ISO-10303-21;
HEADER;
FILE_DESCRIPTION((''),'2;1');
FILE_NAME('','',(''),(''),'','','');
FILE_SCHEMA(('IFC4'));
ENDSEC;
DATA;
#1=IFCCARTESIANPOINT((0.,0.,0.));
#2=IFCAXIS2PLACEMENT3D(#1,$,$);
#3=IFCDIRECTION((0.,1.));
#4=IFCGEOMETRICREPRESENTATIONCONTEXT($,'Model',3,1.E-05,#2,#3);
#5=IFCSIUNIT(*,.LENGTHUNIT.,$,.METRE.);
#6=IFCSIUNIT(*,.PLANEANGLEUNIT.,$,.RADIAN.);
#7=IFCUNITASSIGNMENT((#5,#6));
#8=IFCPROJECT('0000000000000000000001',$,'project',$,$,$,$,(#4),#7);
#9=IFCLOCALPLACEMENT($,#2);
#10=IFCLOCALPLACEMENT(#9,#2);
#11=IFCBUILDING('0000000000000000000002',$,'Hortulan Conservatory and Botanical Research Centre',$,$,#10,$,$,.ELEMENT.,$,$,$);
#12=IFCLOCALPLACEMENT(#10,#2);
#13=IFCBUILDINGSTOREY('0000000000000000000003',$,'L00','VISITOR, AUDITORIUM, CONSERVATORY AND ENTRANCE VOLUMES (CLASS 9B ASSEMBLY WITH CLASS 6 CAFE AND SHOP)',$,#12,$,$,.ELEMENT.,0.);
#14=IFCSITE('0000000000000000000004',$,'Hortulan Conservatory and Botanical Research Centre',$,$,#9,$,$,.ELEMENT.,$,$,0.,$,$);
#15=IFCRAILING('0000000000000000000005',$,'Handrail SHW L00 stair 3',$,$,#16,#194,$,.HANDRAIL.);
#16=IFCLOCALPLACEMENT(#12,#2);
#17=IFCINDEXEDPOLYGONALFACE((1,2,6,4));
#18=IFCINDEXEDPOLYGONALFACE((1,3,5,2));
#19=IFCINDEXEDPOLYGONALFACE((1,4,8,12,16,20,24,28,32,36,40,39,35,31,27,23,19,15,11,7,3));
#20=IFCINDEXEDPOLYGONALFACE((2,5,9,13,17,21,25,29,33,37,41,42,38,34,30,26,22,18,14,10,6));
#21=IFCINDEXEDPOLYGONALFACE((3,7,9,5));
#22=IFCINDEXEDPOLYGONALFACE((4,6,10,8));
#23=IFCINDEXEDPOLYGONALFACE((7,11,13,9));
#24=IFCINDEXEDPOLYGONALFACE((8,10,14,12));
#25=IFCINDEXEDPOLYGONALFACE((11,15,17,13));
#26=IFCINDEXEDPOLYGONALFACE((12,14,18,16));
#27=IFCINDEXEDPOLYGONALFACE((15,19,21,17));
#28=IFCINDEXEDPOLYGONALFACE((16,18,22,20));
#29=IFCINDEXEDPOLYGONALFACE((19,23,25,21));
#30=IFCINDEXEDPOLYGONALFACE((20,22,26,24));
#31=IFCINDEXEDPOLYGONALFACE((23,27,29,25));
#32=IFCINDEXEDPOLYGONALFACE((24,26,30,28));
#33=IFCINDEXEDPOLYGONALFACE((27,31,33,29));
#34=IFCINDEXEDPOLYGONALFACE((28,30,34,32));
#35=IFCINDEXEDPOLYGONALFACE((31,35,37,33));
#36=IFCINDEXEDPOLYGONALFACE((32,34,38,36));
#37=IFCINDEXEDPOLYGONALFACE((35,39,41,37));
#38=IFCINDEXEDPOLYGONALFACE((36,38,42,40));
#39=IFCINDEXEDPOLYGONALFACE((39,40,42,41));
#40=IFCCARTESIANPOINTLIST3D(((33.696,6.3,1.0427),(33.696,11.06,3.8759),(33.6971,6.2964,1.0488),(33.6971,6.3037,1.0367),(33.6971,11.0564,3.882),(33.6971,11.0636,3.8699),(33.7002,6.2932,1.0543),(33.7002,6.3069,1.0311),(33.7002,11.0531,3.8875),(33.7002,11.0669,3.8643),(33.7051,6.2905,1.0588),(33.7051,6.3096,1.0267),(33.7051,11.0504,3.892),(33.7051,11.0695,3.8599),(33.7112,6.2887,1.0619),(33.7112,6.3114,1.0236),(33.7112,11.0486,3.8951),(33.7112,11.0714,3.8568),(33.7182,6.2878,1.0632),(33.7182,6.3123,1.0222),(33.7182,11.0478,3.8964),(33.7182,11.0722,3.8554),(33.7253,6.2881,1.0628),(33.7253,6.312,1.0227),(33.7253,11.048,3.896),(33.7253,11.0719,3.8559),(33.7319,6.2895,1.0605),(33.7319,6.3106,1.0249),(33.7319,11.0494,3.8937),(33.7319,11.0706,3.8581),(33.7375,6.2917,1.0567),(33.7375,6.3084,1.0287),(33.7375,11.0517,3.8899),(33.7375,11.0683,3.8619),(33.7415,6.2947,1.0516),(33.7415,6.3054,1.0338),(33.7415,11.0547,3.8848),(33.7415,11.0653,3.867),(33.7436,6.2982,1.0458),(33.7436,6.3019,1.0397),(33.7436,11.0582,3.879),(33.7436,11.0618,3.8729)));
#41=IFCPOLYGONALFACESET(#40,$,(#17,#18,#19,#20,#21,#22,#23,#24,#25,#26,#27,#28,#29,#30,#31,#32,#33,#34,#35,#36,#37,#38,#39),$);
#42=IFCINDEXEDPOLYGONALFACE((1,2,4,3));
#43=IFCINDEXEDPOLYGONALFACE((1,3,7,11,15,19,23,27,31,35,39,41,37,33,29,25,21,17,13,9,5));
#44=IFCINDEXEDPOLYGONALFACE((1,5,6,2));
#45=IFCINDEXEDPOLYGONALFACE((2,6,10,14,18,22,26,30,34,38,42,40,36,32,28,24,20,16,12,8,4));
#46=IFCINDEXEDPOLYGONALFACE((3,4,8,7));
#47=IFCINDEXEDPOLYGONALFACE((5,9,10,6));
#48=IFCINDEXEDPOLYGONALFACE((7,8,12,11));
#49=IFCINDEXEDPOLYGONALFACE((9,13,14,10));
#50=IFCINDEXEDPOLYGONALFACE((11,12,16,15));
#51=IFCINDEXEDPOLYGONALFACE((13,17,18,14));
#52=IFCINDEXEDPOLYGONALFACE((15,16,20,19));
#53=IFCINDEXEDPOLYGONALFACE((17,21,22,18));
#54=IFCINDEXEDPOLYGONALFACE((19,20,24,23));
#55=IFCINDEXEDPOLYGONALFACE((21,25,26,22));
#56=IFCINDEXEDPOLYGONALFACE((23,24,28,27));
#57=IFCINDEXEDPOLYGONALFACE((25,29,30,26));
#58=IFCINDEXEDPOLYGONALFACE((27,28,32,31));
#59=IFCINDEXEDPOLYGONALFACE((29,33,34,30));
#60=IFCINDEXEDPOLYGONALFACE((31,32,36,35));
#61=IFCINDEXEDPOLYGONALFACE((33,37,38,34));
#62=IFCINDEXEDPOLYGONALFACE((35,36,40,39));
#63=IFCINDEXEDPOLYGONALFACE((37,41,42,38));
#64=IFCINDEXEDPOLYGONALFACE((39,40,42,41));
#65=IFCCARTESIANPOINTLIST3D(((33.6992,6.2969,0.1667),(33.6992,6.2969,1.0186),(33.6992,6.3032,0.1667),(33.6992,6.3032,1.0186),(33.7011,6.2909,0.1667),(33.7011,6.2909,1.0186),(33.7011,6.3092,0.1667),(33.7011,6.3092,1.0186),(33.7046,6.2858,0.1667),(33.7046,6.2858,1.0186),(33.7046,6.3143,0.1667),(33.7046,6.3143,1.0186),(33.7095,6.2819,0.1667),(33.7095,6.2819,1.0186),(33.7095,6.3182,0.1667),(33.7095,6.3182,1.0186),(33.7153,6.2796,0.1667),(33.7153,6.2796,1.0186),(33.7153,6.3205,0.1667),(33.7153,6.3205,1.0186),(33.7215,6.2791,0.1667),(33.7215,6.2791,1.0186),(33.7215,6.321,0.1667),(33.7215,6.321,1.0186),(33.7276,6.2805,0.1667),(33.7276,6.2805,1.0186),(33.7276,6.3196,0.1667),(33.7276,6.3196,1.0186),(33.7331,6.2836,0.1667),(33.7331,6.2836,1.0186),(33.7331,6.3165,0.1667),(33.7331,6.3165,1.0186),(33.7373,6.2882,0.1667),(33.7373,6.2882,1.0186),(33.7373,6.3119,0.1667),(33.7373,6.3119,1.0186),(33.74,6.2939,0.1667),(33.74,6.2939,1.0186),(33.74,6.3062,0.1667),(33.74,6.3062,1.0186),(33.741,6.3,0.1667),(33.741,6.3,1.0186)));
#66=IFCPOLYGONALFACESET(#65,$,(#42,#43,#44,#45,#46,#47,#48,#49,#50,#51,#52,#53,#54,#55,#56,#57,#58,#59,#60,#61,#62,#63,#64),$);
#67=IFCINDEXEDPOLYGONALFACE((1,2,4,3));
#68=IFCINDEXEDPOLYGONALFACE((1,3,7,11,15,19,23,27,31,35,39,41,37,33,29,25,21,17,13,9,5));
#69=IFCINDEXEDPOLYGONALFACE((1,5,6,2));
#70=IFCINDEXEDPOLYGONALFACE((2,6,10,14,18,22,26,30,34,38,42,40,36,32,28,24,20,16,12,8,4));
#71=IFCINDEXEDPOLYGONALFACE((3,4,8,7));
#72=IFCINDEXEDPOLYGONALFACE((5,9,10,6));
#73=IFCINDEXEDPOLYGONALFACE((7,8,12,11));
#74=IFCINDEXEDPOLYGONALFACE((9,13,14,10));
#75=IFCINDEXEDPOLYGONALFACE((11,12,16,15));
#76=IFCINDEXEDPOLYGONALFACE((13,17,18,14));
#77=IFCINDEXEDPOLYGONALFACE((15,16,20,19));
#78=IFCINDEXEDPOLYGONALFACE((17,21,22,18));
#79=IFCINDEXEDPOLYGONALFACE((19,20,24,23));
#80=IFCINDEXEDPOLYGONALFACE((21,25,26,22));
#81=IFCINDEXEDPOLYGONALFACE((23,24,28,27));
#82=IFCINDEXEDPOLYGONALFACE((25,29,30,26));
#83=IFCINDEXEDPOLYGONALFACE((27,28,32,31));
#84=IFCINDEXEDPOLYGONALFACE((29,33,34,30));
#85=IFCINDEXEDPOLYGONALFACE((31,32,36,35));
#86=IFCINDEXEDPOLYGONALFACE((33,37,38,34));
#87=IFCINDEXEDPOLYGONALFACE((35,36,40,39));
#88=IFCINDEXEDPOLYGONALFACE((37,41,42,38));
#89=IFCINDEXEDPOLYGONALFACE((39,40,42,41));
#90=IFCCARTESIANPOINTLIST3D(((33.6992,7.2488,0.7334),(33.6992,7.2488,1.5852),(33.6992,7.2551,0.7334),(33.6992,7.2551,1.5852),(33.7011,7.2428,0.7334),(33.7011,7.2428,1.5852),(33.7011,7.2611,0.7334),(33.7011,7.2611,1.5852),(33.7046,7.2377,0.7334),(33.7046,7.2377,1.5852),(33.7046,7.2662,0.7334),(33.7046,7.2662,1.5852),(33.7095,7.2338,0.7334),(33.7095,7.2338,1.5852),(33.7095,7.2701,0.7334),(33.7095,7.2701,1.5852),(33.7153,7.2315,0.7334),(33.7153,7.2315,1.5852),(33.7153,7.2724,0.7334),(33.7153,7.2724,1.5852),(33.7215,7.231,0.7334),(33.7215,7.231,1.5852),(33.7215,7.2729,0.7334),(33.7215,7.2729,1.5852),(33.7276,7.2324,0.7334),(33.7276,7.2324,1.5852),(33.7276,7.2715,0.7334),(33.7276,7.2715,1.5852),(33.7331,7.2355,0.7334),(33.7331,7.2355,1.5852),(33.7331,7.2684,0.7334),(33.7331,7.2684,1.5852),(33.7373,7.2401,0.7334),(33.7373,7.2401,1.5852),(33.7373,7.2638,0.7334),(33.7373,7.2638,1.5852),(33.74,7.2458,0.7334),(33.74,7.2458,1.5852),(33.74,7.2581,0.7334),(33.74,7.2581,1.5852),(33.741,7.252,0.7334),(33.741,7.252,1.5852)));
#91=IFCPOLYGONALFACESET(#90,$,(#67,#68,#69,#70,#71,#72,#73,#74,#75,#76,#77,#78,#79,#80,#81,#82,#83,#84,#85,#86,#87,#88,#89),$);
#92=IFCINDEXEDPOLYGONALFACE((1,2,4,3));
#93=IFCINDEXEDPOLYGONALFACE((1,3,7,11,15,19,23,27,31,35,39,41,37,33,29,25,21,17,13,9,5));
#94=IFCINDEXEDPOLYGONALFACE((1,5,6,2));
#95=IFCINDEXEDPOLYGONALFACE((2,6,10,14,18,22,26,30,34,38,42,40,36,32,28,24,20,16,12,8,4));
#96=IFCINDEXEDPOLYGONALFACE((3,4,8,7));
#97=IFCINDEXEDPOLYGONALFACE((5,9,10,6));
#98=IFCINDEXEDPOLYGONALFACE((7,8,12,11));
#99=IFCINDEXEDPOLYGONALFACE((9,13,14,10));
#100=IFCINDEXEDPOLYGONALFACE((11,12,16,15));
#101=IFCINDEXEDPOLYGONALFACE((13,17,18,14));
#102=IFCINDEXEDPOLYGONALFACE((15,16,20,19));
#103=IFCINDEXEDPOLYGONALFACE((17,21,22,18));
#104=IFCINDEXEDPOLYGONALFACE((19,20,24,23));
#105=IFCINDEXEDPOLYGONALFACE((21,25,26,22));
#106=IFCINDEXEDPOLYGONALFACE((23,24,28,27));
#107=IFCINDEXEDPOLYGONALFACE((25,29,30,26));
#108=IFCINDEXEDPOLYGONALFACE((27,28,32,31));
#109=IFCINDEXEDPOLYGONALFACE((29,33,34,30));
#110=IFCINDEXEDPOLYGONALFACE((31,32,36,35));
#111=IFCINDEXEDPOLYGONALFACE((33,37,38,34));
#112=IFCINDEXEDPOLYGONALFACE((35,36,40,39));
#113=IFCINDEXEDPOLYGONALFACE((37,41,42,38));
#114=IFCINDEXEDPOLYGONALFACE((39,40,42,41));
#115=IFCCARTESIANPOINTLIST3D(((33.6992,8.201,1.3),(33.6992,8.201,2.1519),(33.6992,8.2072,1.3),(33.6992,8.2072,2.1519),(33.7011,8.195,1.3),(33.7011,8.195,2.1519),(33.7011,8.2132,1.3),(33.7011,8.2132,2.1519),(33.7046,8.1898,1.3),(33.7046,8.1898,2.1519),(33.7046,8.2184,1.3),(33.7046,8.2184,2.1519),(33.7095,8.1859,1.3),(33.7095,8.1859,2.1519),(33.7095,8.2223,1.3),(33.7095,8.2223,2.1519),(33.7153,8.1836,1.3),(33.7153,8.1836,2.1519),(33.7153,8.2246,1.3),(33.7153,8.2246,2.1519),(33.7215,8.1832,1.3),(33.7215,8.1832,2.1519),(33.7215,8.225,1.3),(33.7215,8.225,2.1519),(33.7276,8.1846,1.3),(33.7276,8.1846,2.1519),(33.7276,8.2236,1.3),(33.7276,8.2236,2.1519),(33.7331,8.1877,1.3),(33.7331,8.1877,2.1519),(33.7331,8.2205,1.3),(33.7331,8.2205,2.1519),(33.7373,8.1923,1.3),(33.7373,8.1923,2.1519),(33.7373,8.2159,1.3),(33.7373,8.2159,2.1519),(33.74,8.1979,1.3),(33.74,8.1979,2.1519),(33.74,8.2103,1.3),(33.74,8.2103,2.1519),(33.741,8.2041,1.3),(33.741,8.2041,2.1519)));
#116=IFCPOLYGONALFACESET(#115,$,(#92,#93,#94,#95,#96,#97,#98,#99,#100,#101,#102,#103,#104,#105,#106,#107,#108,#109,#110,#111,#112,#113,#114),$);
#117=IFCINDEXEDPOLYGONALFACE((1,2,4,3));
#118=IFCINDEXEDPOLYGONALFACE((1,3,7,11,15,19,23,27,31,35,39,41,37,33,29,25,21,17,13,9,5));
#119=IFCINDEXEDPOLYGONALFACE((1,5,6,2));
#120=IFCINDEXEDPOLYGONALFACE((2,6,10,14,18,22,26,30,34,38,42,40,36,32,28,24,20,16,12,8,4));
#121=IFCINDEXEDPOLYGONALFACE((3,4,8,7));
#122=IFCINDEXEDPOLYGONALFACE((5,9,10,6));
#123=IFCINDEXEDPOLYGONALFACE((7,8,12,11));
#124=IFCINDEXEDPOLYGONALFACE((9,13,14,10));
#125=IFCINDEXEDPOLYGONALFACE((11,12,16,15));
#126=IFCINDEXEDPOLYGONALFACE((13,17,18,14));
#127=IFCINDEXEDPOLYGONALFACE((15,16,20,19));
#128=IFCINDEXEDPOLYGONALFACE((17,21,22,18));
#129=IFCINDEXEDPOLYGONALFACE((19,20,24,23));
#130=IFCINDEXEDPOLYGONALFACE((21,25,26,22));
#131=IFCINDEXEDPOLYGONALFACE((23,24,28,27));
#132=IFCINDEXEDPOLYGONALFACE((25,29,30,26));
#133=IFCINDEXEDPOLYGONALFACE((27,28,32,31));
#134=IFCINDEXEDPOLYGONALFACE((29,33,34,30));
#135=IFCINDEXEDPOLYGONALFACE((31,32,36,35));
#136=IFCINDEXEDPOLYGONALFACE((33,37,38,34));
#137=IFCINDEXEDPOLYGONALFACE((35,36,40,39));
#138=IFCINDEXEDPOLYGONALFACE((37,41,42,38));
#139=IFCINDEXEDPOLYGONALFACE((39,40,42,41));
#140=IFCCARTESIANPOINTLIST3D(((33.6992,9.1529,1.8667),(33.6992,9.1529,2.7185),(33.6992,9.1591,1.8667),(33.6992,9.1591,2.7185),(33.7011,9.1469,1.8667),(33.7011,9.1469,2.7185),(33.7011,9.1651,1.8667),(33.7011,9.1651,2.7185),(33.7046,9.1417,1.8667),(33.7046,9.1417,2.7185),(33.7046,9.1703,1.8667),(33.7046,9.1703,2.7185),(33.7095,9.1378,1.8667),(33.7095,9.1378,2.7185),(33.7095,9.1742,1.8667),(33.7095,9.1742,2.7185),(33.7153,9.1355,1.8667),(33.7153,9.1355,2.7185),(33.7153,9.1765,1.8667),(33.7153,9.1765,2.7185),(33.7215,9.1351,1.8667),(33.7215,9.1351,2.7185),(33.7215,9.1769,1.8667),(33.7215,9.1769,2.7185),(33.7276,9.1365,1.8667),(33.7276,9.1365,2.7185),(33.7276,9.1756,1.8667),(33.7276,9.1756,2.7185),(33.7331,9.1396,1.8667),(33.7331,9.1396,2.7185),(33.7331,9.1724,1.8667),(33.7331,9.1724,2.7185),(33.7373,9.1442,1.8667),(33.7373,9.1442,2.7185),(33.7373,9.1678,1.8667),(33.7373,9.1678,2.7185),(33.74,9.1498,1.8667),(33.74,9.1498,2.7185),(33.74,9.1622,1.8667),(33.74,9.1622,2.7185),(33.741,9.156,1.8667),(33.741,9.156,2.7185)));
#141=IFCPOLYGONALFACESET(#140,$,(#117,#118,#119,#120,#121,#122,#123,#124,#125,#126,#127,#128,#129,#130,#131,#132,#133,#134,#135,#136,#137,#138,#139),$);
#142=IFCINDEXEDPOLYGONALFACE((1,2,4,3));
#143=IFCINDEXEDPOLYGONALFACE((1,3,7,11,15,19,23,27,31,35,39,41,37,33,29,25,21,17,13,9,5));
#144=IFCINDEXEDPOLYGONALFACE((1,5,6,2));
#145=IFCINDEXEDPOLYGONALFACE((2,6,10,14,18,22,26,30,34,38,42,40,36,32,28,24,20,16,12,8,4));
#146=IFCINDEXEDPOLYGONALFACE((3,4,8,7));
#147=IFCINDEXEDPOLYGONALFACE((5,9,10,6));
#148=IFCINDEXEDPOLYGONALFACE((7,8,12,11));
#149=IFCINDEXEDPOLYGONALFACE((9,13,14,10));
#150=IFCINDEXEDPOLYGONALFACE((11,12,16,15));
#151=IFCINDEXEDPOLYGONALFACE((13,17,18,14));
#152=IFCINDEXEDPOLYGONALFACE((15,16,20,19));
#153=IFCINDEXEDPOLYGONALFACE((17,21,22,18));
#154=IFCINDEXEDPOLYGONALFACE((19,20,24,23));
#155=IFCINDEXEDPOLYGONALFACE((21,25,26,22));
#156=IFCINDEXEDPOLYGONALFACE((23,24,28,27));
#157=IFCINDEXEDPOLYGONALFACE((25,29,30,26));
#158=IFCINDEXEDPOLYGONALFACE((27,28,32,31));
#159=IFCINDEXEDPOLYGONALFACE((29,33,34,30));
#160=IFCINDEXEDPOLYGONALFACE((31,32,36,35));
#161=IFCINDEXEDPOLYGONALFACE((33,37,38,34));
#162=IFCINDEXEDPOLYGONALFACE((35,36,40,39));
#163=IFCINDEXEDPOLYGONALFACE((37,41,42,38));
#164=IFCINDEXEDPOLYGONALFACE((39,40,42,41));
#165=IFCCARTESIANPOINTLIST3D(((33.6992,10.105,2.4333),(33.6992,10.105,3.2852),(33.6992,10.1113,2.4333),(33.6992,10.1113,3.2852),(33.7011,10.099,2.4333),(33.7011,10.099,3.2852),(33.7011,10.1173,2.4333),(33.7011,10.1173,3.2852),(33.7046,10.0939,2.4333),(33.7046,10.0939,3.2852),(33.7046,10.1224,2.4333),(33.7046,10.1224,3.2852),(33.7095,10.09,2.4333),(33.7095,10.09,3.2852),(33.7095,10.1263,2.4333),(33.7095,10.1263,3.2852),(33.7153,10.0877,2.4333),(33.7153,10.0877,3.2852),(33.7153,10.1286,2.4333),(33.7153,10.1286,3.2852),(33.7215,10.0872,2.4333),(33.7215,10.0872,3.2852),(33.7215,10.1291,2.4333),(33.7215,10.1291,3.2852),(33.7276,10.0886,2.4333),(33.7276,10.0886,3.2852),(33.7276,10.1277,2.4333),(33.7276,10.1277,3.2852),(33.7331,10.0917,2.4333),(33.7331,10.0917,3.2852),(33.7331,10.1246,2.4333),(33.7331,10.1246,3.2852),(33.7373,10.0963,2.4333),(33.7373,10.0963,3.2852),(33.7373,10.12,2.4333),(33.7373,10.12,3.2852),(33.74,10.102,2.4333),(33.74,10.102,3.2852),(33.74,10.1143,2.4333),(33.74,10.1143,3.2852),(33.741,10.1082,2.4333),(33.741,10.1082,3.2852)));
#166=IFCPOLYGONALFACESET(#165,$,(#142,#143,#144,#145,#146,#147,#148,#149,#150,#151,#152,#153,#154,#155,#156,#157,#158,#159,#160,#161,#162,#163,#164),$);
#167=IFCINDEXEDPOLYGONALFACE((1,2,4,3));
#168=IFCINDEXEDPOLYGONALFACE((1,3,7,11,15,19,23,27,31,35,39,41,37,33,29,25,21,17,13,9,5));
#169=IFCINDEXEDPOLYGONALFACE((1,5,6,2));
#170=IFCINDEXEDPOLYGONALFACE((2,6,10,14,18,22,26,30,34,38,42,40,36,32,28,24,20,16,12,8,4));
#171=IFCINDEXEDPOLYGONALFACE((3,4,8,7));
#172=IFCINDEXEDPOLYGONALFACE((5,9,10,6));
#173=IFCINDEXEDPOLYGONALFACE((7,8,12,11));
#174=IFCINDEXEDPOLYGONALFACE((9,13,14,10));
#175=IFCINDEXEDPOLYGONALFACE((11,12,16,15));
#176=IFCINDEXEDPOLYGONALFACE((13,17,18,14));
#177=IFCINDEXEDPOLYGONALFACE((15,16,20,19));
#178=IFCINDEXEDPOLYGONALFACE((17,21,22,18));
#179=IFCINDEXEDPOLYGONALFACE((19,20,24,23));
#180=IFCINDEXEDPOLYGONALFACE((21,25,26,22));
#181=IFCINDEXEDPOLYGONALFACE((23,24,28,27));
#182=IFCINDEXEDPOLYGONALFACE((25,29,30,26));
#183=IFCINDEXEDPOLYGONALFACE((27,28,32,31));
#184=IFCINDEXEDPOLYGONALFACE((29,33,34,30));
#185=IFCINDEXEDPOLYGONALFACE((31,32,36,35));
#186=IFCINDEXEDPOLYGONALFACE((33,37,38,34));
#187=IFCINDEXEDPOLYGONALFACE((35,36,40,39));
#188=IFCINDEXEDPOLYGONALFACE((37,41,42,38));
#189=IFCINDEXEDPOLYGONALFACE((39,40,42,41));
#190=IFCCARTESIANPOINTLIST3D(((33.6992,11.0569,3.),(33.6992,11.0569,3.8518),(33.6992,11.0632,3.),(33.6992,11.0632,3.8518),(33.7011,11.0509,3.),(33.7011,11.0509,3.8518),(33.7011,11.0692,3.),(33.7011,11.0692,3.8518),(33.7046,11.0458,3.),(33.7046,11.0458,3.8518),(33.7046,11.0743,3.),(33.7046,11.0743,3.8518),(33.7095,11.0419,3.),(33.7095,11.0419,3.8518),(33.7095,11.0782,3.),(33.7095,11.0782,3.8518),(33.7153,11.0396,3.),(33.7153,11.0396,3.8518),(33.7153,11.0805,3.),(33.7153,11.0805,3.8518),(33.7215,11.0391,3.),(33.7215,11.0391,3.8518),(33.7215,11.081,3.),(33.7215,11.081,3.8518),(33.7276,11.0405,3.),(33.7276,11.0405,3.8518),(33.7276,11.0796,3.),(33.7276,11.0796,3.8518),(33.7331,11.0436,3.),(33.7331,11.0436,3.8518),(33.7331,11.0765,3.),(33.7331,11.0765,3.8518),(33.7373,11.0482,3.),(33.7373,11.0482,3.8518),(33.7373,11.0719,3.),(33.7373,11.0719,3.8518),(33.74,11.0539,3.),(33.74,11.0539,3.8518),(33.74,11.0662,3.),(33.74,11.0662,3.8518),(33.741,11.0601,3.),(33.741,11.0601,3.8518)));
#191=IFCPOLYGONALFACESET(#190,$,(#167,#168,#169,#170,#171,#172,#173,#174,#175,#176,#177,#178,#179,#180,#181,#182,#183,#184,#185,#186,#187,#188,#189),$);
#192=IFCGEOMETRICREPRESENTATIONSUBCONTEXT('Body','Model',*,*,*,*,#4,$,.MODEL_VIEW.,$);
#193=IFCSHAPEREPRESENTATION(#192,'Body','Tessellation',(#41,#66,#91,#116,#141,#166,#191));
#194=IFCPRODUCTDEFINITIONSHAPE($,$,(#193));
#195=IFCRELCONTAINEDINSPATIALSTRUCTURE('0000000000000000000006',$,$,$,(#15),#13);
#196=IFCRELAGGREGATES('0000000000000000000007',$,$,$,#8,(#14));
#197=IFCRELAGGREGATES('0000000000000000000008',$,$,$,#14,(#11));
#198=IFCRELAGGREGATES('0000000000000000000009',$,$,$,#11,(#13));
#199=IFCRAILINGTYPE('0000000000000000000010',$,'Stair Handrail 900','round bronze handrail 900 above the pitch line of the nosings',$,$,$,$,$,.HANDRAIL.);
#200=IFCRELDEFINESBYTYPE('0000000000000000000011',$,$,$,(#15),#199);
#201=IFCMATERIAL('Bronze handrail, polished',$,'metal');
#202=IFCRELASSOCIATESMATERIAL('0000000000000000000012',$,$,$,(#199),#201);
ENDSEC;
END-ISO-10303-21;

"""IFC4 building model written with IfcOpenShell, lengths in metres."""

from ifc_helpers import new_model, si_unit, direction, frame, origin, origin_2d, place, context, subcontext, project, spatial, circle, extrude, material, type_object, element, save


model = new_model("IFC4")

# Units and contexts
model_context = context("Model", 3, precision=1e-05, world=origin(), true_north=direction((0.0, 1.0)))
body_context = subcontext(model_context, "Body", "Model", "MODEL_VIEW")
ifc_project = project(units=[si_unit("LENGTHUNIT", "METRE"), si_unit("PLANEANGLEUNIT", "RADIAN")], contexts=[model_context])

# Site, building, storey
site_placement = place(None, origin())
site = spatial("IfcSite", under=ifc_project, at=site_placement, Name="Hortulan Conservatory and Botanical Research Centre", CompositionType="ELEMENT", RefElevation=0.0)
building_placement = place(site_placement, origin())
building = spatial("IfcBuilding", under=site, at=building_placement, Name="Hortulan Conservatory and Botanical Research Centre", CompositionType="ELEMENT")
storey_placement = place(building_placement, origin())
storey = spatial("IfcBuildingStorey", under=building, at=storey_placement, Name="L00", Description="VISITOR, AUDITORIUM, CONSERVATORY AND ENTRANCE VOLUMES (CLASS 9B ASSEMBLY WITH CLASS 6 CAFE AND SHOP)", CompositionType="ELEMENT", Elevation=0.0)

# Railing
ifc_material_1 = material(Name="Bronze handrail, polished", Category="metal")
railing_type_1 = type_object("IfcRailingType", Name="Stair Handrail 900", Description="round bronze handrail 900 above the pitch line of the nosings", PredefinedType="HANDRAIL", material=ifc_material_1)
for number, where, name in (
    (1, (33.72, 6.3, 0.1667), "Handrail SHW L00 stair 3"),
):
    element("IfcRailing", number, at=place(storey_placement, frame(where)), inside=storey, type_object=railing_type_1, Name=name, PredefinedType="HANDRAIL", context=body_context, shape_type="SweptSolid", body=[
        extrude(circle(Radius=0.0239, at=origin_2d()), frame((0.0, 0.0, 0.876), z_axis=(0.0, 0.8593, 0.511472), x_axis=(-1.0, 0.0, 0.0)), (0.0, 0.0, 1.0), 5.5393),
        extrude(circle(Radius=0.021, at=origin_2d()), origin(), (0.0, 0.0, 1.0), 0.8518),
        extrude(circle(Radius=0.021, at=origin_2d()), frame((0.0, 0.9519, 0.5667)), (0.0, 0.0, 1.0), 0.8518),
        extrude(circle(Radius=0.021, at=origin_2d()), frame((0.0, 1.9041, 1.1333)), (0.0, 0.0, 1.0), 0.8518),
        extrude(circle(Radius=0.021, at=origin_2d()), frame((0.0, 2.856, 1.7)), (0.0, 0.0, 1.0), 0.8518),
        extrude(circle(Radius=0.021, at=origin_2d()), frame((0.0, 3.8081, 2.2666)), (0.0, 0.0, 1.0), 0.8518),
        extrude(circle(Radius=0.021, at=origin_2d()), frame((0.0, 4.76, 2.8333)), (0.0, 0.0, 1.0), 0.8518),
    ])

save(model, "model.ifc")
